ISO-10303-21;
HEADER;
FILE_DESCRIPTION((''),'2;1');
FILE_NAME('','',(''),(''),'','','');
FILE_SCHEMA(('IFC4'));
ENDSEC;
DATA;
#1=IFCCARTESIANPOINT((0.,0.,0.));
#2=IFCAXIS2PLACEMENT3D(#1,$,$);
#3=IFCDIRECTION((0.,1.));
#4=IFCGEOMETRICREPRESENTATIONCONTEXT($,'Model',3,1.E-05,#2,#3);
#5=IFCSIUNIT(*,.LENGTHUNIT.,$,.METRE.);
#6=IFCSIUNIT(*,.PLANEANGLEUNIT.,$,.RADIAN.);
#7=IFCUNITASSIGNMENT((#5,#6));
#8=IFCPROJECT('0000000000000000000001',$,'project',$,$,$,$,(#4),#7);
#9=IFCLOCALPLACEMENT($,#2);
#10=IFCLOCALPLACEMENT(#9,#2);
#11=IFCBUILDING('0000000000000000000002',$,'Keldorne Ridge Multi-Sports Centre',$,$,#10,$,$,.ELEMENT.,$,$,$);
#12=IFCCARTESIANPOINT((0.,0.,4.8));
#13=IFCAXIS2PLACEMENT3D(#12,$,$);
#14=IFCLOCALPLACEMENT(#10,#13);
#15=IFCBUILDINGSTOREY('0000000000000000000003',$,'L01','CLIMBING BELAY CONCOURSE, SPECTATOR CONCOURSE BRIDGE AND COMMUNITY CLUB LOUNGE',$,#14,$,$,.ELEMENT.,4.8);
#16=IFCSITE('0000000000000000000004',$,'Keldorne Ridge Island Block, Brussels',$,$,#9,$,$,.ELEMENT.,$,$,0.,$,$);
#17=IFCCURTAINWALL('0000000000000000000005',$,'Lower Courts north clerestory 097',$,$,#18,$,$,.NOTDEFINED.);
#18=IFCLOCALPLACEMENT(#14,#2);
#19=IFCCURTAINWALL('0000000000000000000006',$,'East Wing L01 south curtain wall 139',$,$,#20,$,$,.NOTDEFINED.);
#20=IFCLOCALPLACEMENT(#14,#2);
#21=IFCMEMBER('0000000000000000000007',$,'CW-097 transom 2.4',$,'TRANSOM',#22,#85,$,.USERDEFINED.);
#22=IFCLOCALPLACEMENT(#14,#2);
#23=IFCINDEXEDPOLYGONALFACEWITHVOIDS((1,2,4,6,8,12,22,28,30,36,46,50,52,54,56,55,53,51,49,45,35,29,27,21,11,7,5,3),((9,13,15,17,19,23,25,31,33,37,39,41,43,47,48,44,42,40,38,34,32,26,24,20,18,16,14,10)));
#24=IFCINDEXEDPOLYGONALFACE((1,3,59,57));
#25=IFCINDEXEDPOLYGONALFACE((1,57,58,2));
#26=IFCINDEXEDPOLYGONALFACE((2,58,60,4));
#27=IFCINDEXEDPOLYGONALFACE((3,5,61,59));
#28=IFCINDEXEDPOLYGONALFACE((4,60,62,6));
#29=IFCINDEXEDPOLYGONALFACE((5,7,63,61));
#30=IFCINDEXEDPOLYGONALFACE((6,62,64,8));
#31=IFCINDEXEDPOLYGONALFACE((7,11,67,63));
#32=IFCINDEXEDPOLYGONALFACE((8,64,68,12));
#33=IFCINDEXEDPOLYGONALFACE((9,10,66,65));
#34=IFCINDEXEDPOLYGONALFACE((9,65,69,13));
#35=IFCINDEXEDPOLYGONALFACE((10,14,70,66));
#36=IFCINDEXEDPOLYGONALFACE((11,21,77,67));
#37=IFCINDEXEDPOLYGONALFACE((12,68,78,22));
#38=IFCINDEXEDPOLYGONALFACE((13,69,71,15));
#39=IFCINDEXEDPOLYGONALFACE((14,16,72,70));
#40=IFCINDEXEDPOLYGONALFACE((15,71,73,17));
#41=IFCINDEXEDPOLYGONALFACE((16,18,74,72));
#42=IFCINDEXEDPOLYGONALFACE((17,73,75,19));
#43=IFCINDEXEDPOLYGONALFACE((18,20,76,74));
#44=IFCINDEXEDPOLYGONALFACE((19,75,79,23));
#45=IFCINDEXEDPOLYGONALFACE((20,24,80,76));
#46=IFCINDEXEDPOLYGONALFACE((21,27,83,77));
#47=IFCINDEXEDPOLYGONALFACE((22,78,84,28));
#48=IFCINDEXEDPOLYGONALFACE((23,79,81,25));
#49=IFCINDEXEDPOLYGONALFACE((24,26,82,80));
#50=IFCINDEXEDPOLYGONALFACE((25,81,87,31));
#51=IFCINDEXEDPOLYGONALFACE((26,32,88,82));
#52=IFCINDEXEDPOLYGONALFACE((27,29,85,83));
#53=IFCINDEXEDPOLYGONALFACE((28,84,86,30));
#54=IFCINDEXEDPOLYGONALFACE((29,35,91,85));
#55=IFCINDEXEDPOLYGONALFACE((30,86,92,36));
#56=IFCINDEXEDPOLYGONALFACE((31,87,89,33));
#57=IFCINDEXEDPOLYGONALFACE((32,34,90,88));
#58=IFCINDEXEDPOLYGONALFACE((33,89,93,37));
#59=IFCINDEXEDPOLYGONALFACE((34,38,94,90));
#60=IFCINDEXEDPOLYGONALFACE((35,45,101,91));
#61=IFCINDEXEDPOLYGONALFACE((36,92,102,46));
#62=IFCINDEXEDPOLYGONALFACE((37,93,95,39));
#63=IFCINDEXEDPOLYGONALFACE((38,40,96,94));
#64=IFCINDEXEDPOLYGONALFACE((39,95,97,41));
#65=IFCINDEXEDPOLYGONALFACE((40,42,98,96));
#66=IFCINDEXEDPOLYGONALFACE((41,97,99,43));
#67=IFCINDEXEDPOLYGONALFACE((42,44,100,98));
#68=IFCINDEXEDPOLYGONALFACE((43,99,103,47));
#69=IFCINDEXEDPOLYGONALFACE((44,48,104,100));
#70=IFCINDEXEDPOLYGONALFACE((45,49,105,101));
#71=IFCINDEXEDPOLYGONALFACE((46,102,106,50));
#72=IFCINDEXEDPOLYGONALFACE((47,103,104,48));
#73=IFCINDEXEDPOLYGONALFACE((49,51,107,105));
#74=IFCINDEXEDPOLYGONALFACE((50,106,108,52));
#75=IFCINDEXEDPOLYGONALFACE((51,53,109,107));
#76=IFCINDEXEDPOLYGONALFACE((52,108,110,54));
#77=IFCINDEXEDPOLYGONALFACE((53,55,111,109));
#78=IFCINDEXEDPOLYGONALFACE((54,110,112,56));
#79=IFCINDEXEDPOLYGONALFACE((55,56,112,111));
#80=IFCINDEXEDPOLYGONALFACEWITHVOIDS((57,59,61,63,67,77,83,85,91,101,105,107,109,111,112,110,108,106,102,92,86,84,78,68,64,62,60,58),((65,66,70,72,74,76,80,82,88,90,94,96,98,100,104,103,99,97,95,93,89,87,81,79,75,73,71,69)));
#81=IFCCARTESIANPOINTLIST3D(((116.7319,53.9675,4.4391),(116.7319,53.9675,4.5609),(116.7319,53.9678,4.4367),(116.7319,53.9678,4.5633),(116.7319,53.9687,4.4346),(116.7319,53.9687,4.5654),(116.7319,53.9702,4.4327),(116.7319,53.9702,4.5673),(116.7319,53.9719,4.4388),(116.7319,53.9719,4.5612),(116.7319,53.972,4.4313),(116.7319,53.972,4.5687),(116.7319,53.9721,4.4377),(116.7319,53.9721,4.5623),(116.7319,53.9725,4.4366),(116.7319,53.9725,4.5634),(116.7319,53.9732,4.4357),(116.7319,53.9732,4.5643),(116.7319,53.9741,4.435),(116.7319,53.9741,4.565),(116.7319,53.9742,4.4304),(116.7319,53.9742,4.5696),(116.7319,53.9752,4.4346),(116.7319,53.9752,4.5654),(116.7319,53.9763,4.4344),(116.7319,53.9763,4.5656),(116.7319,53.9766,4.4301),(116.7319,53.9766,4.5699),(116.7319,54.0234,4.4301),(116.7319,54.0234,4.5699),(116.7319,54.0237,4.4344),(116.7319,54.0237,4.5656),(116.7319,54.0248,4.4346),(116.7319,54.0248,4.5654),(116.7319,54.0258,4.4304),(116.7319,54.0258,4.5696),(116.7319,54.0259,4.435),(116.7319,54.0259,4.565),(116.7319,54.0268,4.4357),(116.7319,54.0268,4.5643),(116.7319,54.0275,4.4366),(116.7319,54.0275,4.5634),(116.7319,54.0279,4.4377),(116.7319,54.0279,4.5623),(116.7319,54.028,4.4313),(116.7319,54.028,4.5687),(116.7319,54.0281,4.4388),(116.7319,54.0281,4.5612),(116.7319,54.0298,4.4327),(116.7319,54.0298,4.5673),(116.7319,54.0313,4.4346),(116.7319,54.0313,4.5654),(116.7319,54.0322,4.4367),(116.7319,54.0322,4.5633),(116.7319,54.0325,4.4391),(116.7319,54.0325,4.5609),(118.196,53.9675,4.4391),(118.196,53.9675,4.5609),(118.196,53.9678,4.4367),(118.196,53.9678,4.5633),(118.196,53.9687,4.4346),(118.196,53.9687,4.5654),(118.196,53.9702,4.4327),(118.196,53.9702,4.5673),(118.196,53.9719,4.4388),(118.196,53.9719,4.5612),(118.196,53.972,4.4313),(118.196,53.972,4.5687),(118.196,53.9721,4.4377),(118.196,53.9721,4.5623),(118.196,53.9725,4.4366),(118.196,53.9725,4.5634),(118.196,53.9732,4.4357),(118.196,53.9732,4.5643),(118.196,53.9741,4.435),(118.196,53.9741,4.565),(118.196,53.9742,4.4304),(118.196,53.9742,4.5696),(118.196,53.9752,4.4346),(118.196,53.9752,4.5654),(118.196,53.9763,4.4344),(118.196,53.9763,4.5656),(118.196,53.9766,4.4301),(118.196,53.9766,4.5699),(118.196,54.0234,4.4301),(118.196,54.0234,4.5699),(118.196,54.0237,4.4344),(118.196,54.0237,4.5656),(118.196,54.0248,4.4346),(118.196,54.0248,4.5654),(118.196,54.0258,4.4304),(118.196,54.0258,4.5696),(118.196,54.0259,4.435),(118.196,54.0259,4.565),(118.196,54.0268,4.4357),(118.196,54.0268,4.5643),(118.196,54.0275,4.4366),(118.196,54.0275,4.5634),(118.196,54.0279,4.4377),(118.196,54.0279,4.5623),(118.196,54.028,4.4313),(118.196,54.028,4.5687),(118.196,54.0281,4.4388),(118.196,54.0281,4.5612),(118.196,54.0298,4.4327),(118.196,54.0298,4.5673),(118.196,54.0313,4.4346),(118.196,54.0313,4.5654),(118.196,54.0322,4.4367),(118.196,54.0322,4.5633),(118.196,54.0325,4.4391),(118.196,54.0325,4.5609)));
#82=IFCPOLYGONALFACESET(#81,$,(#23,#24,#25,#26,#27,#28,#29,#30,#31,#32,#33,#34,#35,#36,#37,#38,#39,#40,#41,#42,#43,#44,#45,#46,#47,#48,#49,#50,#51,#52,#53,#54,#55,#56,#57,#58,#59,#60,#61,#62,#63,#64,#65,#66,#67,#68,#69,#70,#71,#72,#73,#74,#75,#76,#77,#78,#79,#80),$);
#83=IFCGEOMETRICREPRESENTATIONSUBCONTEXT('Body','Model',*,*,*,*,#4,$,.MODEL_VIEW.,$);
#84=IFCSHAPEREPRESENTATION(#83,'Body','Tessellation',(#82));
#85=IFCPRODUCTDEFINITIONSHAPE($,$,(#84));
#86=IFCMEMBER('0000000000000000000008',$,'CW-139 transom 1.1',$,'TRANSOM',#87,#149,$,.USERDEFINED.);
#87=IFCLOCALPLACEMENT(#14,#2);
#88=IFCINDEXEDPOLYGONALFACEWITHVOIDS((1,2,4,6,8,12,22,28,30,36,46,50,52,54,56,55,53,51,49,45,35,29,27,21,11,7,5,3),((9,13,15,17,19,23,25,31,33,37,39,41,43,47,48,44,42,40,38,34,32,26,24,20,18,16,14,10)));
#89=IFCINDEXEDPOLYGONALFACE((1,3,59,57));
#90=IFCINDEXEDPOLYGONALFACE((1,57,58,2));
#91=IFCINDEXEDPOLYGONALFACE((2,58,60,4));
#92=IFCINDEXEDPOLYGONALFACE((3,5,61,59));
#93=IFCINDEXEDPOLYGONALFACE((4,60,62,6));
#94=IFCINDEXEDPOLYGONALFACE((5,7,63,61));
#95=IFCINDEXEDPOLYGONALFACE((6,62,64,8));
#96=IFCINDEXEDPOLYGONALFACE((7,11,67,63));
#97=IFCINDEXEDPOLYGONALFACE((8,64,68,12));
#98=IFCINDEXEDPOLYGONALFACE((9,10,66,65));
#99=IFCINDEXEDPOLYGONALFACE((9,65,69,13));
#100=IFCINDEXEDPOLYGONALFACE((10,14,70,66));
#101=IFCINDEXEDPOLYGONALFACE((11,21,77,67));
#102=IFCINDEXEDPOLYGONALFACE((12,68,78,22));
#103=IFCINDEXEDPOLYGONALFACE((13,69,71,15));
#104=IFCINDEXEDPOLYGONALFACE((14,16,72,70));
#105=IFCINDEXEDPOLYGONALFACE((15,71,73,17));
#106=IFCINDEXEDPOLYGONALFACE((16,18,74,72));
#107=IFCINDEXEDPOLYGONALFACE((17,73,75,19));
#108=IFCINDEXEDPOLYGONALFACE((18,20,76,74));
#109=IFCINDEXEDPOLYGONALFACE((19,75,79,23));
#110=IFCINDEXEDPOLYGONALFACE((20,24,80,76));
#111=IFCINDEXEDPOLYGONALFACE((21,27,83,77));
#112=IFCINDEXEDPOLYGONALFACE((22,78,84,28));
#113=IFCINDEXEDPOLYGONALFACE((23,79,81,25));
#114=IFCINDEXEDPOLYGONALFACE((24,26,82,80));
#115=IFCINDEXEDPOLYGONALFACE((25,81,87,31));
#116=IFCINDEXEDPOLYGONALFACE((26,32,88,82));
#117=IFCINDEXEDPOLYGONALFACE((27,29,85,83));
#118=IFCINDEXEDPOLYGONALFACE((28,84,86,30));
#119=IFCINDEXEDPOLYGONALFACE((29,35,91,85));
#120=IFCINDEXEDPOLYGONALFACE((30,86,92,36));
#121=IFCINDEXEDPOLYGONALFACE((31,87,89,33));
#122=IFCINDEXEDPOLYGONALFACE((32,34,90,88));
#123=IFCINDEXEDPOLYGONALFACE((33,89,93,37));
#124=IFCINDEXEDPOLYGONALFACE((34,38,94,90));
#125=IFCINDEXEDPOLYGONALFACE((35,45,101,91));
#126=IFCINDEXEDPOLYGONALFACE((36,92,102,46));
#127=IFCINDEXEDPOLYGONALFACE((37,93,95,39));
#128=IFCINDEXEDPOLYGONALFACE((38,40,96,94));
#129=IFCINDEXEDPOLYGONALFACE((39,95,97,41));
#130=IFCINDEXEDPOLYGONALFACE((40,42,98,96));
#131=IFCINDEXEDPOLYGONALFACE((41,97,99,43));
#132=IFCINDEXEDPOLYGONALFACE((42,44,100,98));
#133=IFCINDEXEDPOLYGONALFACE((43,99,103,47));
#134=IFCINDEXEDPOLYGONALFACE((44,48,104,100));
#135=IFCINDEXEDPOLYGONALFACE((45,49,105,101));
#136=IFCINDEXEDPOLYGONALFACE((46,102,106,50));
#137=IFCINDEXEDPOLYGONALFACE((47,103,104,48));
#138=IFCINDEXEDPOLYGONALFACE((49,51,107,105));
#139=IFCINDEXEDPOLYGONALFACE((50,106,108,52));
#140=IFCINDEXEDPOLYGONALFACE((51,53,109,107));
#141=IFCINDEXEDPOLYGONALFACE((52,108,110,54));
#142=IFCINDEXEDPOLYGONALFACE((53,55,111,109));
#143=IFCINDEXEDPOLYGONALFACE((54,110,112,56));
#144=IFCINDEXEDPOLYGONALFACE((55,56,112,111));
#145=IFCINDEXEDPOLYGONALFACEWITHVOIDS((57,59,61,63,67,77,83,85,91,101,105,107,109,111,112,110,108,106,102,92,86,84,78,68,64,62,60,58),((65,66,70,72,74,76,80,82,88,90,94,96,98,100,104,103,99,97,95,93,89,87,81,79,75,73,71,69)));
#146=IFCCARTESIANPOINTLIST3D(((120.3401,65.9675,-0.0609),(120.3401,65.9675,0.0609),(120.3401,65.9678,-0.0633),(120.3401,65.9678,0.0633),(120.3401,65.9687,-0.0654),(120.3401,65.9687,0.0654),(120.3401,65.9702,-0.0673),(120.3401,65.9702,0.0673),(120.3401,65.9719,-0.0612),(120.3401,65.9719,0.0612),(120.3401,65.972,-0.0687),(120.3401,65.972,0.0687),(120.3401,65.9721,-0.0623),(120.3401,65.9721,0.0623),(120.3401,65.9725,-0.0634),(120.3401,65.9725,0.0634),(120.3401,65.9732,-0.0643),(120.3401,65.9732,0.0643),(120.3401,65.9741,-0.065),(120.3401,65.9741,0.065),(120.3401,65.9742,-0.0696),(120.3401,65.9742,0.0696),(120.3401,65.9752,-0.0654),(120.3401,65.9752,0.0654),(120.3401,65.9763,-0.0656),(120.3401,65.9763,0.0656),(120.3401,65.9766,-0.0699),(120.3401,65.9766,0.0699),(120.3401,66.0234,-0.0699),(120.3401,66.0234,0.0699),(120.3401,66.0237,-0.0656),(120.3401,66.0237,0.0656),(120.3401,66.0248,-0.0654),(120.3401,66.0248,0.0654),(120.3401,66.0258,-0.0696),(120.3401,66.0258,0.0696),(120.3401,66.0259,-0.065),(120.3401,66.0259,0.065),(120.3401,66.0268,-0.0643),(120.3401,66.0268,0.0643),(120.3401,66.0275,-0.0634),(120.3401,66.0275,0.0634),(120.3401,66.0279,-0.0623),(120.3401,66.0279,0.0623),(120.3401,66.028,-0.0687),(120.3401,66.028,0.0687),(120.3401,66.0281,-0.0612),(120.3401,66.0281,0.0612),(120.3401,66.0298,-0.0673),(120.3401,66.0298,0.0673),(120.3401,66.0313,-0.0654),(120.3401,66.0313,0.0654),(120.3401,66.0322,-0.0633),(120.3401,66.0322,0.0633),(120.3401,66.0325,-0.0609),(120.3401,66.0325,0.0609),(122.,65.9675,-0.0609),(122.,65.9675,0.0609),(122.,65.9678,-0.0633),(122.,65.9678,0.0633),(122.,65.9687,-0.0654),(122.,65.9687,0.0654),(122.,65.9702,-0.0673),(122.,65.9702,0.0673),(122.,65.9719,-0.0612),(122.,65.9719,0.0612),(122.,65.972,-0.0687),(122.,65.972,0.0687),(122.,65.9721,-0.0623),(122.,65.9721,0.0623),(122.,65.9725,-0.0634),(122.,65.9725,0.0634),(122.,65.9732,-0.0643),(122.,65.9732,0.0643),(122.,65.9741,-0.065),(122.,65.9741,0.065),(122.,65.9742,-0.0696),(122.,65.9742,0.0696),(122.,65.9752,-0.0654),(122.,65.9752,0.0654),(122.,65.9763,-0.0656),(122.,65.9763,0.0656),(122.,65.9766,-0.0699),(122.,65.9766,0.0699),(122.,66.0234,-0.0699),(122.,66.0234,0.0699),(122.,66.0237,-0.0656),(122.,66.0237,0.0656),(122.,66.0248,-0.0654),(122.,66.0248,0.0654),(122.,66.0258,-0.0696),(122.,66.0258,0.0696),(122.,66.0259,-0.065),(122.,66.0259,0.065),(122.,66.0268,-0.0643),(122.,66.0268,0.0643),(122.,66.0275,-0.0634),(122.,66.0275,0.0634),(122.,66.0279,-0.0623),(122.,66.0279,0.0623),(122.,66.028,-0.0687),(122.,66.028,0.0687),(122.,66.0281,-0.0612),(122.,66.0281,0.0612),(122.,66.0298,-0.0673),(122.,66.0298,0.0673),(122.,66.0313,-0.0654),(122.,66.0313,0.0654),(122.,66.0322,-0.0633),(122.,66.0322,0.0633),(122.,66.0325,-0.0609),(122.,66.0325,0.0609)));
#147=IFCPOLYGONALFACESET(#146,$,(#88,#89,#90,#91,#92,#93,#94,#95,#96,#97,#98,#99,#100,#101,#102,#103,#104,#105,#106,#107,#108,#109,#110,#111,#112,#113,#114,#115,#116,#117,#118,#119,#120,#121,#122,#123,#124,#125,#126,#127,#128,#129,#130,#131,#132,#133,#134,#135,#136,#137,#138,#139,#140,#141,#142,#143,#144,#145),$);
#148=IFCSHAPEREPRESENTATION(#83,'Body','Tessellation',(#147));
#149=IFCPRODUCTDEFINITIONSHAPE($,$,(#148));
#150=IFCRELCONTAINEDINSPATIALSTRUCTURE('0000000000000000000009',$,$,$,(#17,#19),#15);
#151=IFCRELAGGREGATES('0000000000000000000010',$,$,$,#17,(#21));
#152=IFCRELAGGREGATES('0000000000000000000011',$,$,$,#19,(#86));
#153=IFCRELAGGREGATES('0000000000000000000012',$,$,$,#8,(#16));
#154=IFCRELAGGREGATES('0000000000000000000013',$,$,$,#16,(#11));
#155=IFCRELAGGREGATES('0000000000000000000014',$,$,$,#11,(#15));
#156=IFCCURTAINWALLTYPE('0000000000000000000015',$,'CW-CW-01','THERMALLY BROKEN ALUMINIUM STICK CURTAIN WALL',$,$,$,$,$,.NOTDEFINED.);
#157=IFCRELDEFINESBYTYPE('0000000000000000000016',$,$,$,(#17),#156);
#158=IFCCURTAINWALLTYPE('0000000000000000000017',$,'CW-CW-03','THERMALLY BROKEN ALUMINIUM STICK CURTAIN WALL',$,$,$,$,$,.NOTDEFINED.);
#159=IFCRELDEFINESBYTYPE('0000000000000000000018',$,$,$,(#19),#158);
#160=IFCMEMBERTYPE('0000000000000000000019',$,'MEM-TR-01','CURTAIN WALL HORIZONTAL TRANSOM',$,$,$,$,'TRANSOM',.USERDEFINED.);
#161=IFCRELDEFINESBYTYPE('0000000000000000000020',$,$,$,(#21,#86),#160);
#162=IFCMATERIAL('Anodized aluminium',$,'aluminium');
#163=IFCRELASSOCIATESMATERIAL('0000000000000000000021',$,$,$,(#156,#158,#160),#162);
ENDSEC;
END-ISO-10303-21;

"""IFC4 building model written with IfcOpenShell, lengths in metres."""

from ifc_helpers import new_model, si_unit, direction, frame, origin, origin_2d, place, context, subcontext, project, spatial, hollow_rectangle, extrude, material, material_profile, profile_set, type_object, element, aggregate, save


model = new_model("IFC4")

# Units and contexts
model_context = context("Model", 3, precision=1e-05, world=origin(), true_north=direction((0.0, 1.0)))
body_context = subcontext(model_context, "Body", "Model", "MODEL_VIEW")
ifc_project = project(units=[si_unit("LENGTHUNIT", "METRE"), si_unit("PLANEANGLEUNIT", "RADIAN")], contexts=[model_context])

# Site, building, storey
site_placement = place(None, origin())
site = spatial("IfcSite", under=ifc_project, at=site_placement, Name="Keldorne Ridge Island Block, Brussels", CompositionType="ELEMENT", RefElevation=0.0)
building_placement = place(site_placement, origin())
building = spatial("IfcBuilding", under=site, at=building_placement, Name="Keldorne Ridge Multi-Sports Centre", CompositionType="ELEMENT")
storey_placement = place(building_placement, frame((0.0, 0.0, 4.8)))
storey = spatial("IfcBuildingStorey", under=building, at=storey_placement, Name="L01", Description="CLIMBING BELAY CONCOURSE, SPECTATOR CONCOURSE BRIDGE AND COMMUNITY CLUB LOUNGE", CompositionType="ELEMENT", Elevation=4.8)

# Curtain wall
ifc_material_1 = material(Name="Anodized aluminium", Category="aluminium")
curtain_wall_type_1 = type_object("IfcCurtainWallType", Name="CW-CW-01", Description="THERMALLY BROKEN ALUMINIUM STICK CURTAIN WALL", PredefinedType="NOTDEFINED", material=ifc_material_1)
curtain_wall_1_placement = place(storey_placement, origin())
curtain_wall_1 = element("IfcCurtainWall", 1, at=curtain_wall_1_placement, inside=storey, type_object=curtain_wall_type_1, Name="Lower Courts north clerestory 097", PredefinedType="NOTDEFINED")

# Curtain wall
curtain_wall_type_2 = type_object("IfcCurtainWallType", Name="CW-CW-03", Description="THERMALLY BROKEN ALUMINIUM STICK CURTAIN WALL", PredefinedType="NOTDEFINED", material=ifc_material_1)
curtain_wall_2_placement = place(storey_placement, origin())
curtain_wall_2 = element("IfcCurtainWall", 2, at=curtain_wall_2_placement, inside=storey, type_object=curtain_wall_type_2, Name="East Wing L01 south curtain wall 139", PredefinedType="NOTDEFINED")

# Members
ifc_material_profile_1 = material_profile(ifc_material_1, hollow_rectangle(XDim=0.0649, YDim=0.1399, WallThickness=0.0044, InnerFilletRadius=0.0044, OuterFilletRadius=0.009, at=origin_2d()), Name="ALU TRANSOM 140x65x4.5")
ifc_profile_set_1 = profile_set([ifc_material_profile_1], Name="Anodized aluminium")
member_type_1 = type_object("IfcMemberType", Name="MEM-TR-01", Description="CURTAIN WALL HORIZONTAL TRANSOM", ElementType="TRANSOM", PredefinedType="USERDEFINED", material=ifc_profile_set_1)
member_1_placement = place(storey_placement, frame((118.196, 54.0, 4.5), z_axis=(-1.0, 0.0, 0.0), x_axis=(0.0, -1.0, 0.0)))
member_1 = element("IfcMember", 3, at=member_1_placement, type_object=member_type_1, Name="CW-097 transom 2.4", ObjectType="TRANSOM", PredefinedType="USERDEFINED", context=body_context, shape_type="SweptSolid", body=[
    extrude(hollow_rectangle(XDim=0.0649, YDim=0.1399, WallThickness=0.0044, InnerFilletRadius=0.0044, OuterFilletRadius=0.009, at=origin_2d()), origin(), (0.0, 0.0, 1.0), 1.4641),
])
member_2_placement = place(storey_placement, frame((120.3401, 66.0, 0.0), z_axis=(1.0, 0.0, 0.0), x_axis=(0.0, 1.0, 0.0)))
member_2 = element("IfcMember", 4, at=member_2_placement, type_object=member_type_1, Name="CW-139 transom 1.1", ObjectType="TRANSOM", PredefinedType="USERDEFINED", context=body_context, shape_type="SweptSolid", body=[
    extrude(hollow_rectangle(XDim=0.0649, YDim=0.1399, WallThickness=0.0044, InnerFilletRadius=0.0044, OuterFilletRadius=0.009, at=origin_2d()), origin(), (0.0, 0.0, 1.0), 1.6599),
])

aggregate(curtain_wall_1, [member_1])
aggregate(curtain_wall_2, [member_2])

save(model, "model.ifc")
